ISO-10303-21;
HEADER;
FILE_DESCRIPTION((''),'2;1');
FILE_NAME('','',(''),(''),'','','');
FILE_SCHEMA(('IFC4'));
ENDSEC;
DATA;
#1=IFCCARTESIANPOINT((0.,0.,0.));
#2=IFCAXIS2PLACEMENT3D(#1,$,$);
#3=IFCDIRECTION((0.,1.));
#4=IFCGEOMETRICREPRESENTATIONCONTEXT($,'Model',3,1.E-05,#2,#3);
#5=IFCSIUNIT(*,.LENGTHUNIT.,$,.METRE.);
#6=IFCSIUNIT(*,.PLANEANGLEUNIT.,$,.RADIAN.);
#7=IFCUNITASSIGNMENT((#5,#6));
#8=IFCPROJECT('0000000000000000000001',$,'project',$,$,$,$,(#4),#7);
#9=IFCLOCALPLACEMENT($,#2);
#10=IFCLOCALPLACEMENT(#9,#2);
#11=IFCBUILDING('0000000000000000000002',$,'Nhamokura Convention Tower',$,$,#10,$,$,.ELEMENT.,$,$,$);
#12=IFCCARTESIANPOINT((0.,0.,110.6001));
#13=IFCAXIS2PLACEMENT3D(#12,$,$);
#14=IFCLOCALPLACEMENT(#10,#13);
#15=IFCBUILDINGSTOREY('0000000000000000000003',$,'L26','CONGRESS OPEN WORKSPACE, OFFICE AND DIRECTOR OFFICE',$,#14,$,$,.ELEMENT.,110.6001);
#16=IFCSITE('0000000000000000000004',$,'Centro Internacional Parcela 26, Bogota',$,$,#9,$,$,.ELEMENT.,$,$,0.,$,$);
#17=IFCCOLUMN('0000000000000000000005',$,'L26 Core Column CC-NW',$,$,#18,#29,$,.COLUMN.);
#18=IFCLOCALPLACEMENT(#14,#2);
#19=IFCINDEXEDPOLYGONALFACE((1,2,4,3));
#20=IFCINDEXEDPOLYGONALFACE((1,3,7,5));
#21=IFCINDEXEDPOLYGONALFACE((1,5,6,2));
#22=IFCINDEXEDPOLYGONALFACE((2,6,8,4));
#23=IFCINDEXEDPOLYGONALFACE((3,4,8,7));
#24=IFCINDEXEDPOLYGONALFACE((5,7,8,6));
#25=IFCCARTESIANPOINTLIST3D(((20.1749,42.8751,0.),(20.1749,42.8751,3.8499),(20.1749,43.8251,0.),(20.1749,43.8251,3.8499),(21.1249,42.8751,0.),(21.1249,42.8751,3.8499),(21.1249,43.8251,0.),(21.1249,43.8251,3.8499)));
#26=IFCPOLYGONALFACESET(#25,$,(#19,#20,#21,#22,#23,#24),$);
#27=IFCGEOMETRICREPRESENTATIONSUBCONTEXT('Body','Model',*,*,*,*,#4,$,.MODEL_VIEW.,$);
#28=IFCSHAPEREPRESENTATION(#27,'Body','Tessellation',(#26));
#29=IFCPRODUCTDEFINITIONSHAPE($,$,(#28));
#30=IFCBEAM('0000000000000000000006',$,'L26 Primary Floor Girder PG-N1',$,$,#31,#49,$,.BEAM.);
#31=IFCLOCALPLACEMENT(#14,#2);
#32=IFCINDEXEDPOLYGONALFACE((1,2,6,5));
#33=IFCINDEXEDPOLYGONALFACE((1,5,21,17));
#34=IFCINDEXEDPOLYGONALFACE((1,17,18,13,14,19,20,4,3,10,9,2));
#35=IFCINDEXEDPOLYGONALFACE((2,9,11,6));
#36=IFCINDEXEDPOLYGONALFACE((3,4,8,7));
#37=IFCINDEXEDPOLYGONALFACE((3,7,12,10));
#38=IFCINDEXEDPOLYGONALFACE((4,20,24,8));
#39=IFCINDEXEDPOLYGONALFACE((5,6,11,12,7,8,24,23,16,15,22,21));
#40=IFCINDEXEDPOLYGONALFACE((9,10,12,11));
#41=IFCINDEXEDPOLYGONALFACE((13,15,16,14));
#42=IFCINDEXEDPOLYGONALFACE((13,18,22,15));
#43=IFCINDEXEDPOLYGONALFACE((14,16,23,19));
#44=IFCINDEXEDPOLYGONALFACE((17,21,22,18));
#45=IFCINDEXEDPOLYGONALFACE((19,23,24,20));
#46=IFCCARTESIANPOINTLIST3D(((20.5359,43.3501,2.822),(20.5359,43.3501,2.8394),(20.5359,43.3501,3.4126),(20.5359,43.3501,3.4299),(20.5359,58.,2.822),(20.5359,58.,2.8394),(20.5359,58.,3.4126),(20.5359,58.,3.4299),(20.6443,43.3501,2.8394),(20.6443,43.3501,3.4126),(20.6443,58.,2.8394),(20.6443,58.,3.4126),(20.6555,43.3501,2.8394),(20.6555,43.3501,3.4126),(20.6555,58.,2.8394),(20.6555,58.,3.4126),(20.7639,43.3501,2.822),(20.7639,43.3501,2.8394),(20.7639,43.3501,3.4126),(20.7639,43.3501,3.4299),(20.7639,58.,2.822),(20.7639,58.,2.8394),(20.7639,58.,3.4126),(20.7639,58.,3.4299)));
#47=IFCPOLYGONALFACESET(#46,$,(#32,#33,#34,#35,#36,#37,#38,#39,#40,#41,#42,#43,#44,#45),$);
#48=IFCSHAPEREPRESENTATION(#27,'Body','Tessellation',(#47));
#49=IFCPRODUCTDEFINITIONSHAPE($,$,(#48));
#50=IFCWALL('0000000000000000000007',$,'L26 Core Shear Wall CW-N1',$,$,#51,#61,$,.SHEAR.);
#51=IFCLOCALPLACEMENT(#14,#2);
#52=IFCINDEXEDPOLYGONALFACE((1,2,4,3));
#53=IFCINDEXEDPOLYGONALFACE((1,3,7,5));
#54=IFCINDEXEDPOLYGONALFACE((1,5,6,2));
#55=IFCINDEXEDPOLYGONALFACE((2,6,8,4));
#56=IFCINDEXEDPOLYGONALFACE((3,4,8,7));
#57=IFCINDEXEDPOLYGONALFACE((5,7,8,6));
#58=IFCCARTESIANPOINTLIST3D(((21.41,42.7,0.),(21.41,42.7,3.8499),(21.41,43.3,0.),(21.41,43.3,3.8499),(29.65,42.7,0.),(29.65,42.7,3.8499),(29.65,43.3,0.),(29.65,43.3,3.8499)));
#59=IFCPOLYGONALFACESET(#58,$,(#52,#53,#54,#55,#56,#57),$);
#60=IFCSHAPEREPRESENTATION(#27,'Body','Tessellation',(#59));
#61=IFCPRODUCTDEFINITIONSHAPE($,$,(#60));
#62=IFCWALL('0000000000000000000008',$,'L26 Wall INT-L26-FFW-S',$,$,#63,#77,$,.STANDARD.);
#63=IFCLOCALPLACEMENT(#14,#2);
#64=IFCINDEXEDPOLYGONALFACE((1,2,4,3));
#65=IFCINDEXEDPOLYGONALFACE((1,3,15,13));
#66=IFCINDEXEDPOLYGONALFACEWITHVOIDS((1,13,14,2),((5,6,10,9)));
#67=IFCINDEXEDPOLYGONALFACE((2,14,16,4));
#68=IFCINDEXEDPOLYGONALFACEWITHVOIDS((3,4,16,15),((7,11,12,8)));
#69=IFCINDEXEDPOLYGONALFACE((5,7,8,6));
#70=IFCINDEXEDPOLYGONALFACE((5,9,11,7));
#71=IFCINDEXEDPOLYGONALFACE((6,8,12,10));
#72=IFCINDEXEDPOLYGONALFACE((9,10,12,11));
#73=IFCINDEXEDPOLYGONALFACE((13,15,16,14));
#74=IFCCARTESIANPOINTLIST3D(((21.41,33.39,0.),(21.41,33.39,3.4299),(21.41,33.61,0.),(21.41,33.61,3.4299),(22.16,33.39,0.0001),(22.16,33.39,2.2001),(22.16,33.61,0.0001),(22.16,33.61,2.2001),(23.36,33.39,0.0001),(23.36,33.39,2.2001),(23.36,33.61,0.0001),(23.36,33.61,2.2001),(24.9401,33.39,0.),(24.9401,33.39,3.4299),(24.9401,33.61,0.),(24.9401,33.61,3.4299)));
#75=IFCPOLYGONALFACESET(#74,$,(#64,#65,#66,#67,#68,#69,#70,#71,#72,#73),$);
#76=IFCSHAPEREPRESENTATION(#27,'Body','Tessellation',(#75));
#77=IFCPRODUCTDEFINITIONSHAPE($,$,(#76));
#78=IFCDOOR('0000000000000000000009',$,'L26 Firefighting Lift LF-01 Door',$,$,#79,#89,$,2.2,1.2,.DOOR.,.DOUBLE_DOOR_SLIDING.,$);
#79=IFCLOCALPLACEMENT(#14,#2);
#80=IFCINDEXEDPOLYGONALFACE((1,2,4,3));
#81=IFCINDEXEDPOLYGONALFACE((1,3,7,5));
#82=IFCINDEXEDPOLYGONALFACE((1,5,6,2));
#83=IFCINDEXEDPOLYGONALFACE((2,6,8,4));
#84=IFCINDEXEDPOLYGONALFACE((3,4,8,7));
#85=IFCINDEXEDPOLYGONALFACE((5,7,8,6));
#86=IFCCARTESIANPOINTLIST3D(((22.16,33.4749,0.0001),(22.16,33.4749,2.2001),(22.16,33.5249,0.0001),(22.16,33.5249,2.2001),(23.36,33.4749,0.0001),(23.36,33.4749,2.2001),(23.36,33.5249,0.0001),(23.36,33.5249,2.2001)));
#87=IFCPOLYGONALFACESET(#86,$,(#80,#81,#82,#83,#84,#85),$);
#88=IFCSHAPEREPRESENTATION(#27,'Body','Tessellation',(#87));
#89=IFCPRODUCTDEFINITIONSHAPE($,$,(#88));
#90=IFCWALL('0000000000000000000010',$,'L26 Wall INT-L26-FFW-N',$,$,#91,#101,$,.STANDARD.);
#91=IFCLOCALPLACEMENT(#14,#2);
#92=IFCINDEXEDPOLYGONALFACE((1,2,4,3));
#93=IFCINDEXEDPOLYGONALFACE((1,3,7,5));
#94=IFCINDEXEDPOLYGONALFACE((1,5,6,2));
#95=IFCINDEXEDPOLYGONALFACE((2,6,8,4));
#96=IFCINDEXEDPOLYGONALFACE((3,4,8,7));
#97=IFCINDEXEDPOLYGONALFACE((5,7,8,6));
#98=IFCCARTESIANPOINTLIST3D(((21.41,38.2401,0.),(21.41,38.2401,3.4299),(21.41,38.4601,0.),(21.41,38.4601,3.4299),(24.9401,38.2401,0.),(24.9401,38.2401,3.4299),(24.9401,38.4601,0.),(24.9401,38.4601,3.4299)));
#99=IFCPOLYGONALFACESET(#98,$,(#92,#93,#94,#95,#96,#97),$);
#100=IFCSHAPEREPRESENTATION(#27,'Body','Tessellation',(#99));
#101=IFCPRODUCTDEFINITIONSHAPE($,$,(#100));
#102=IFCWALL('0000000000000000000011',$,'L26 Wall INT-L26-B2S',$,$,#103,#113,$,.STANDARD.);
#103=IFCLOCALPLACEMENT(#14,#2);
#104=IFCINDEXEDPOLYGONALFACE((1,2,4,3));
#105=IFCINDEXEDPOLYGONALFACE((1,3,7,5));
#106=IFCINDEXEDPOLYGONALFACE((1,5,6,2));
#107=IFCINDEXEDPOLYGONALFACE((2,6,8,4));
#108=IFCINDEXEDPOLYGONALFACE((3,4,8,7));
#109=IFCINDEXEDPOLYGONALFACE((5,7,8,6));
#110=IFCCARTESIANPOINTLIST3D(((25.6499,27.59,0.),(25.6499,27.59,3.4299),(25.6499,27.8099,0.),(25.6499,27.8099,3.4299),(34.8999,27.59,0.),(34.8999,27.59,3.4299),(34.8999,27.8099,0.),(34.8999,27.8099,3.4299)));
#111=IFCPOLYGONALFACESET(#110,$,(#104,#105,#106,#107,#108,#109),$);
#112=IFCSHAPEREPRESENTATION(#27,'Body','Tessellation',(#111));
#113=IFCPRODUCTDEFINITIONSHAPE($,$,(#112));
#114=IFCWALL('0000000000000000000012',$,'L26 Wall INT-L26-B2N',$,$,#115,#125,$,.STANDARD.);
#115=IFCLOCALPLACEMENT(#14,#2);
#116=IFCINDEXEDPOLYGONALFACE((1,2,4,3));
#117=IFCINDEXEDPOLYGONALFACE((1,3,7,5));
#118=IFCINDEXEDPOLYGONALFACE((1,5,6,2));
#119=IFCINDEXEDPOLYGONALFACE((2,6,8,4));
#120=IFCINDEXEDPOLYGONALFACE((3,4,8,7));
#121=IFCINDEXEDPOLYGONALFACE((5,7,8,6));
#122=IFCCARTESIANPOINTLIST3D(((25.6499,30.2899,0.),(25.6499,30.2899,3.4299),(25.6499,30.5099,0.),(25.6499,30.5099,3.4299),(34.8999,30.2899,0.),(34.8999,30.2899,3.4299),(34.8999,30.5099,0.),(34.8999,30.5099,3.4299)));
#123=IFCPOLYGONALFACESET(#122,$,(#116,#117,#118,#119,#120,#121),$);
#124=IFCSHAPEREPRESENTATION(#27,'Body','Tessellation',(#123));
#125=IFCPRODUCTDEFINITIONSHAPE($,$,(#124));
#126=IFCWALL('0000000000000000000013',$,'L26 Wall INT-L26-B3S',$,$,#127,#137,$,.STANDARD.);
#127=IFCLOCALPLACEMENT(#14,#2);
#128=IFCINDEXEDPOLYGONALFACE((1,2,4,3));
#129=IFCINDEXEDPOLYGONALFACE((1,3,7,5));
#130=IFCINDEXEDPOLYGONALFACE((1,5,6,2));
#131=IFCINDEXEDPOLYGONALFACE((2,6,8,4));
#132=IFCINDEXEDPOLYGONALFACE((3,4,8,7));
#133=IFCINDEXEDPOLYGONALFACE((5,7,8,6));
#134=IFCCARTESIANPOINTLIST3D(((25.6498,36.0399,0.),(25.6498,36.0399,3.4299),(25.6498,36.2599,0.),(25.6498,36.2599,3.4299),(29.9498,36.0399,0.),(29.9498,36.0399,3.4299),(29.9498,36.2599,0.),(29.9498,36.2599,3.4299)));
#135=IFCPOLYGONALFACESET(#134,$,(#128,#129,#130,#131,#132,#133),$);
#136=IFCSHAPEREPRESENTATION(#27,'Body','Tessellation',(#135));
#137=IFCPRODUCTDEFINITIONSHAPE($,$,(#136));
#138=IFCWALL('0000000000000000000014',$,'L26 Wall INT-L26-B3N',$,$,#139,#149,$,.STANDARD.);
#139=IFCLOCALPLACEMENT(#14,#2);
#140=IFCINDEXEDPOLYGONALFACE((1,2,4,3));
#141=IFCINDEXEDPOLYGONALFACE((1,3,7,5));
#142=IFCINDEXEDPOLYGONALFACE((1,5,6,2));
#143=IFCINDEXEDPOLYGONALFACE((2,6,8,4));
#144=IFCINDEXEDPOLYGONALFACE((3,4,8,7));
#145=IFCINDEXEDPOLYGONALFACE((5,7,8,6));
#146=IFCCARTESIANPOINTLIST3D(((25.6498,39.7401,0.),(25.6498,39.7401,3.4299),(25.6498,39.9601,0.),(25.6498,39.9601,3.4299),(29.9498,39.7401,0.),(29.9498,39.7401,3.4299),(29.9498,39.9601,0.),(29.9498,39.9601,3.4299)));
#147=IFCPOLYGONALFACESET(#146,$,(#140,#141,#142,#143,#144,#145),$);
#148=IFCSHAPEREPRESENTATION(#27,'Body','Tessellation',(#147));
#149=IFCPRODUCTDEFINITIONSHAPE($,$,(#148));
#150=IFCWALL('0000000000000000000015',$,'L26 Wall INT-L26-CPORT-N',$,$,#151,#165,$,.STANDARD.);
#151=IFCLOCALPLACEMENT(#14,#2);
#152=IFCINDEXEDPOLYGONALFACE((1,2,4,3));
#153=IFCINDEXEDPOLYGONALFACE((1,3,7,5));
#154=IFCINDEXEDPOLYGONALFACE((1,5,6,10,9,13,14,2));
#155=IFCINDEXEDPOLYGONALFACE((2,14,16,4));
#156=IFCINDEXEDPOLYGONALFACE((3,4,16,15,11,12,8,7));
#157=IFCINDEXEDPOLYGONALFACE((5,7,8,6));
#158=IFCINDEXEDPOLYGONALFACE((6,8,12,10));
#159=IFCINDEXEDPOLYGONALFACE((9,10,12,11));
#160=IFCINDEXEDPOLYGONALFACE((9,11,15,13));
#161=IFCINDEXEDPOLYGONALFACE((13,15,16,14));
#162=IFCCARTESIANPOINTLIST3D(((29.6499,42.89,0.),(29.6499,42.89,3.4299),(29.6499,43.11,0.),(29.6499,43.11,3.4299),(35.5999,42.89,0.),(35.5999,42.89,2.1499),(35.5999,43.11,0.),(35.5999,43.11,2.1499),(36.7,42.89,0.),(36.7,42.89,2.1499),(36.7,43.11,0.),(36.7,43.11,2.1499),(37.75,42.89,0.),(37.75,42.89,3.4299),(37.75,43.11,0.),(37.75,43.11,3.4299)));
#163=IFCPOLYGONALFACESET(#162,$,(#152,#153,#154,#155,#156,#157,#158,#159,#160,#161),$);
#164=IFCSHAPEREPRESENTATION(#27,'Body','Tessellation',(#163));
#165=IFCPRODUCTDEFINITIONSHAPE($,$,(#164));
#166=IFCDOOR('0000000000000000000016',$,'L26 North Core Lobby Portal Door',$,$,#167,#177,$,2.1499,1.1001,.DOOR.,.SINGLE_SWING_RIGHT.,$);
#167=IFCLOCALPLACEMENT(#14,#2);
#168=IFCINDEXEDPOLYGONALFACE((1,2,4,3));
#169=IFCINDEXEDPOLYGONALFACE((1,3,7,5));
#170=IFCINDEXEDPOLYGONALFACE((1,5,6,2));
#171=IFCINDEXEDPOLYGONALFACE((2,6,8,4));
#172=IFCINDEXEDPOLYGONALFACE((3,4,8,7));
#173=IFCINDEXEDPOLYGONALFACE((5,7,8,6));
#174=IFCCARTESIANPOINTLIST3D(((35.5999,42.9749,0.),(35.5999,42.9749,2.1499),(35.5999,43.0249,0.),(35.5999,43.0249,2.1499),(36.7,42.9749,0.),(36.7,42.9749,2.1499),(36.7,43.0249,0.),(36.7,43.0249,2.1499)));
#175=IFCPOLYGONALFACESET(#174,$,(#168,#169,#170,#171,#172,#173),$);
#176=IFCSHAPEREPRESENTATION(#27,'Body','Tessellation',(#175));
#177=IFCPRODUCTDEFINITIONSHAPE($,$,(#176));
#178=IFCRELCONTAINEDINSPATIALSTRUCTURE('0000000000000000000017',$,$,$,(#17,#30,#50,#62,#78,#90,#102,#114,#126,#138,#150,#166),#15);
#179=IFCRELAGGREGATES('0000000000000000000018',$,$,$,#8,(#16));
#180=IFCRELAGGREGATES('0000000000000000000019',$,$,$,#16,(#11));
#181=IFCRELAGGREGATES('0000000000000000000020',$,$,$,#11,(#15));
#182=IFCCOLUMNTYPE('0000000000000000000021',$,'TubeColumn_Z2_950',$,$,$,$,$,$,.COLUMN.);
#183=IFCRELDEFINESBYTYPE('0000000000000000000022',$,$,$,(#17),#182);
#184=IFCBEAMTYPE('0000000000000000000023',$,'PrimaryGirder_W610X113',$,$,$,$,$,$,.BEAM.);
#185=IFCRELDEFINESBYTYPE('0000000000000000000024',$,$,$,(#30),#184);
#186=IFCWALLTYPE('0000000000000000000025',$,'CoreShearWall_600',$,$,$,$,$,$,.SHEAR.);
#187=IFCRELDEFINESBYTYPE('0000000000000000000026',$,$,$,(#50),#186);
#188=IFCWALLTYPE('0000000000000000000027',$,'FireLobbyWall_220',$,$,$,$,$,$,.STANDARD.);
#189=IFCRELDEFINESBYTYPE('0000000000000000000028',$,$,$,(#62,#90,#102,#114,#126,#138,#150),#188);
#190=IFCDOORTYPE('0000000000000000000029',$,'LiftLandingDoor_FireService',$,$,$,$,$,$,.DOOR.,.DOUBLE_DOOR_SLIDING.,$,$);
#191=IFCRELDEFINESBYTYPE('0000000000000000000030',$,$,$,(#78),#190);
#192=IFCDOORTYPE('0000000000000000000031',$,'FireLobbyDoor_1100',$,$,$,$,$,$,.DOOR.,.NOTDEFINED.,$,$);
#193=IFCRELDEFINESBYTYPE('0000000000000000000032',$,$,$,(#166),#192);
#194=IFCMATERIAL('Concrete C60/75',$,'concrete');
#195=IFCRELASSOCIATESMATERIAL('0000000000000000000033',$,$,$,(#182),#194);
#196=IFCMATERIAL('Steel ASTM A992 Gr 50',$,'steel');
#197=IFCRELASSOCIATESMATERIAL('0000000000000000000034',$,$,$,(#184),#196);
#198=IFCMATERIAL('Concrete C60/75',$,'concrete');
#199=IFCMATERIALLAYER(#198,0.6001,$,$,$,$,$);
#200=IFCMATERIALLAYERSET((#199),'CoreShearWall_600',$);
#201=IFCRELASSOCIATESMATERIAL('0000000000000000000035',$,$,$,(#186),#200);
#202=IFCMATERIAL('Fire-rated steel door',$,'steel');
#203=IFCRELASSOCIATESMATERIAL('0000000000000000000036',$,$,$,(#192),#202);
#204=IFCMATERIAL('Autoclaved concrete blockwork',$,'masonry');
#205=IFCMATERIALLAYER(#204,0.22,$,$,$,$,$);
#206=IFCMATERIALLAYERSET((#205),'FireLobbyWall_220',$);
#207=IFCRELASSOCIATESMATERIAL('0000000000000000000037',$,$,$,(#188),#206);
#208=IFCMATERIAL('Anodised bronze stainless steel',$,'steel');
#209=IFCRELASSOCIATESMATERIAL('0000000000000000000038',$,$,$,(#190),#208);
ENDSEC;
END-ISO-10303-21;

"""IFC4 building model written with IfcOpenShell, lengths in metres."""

from ifc_helpers import new_model, si_unit, direction, frame, frame_2d, origin, origin_2d, place, context, subcontext, project, spatial, rectangle, i_section, extrude, material, layer, layer_set, material_profile, profile_set, type_object, element, fill, save


model = new_model("IFC4")

# Units and contexts
model_context = context("Model", 3, precision=1e-05, world=origin(), true_north=direction((0.0, 1.0)))
body_context = subcontext(model_context, "Body", "Model", "MODEL_VIEW")
ifc_project = project(units=[si_unit("LENGTHUNIT", "METRE"), si_unit("PLANEANGLEUNIT", "RADIAN")], contexts=[model_context])

# Site, building, storey
site_placement = place(None, origin())
site = spatial("IfcSite", under=ifc_project, at=site_placement, Name="Centro Internacional Parcela 26, Bogota", CompositionType="ELEMENT", RefElevation=0.0)
building_placement = place(site_placement, origin())
building = spatial("IfcBuilding", under=site, at=building_placement, Name="Nhamokura Convention Tower", CompositionType="ELEMENT")
storey_placement = place(building_placement, frame((0.0, 0.0, 110.6001)))
storey = spatial("IfcBuildingStorey", under=building, at=storey_placement, Name="L26", Description="CONGRESS OPEN WORKSPACE, OFFICE AND DIRECTOR OFFICE", CompositionType="ELEMENT", Elevation=110.6001)

# Column
ifc_material_1 = material(Name="Concrete C60/75", Category="concrete")
ifc_material_profile_1 = material_profile(ifc_material_1, rectangle(XDim=0.95, YDim=0.95, at=origin_2d()))
ifc_profile_set_1 = profile_set([ifc_material_profile_1], Name="Concrete C60/75")
column_type = type_object("IfcColumnType", Name="TubeColumn_Z2_950", PredefinedType="COLUMN", material=ifc_profile_set_1)
column_placement = place(storey_placement, frame((20.6499, 43.3501, 0.0), z_axis=(0.0, 0.0, 1.0), x_axis=(1.0, 0.0, 0.0)))
element("IfcColumn", 1, at=column_placement, inside=storey, type_object=column_type, Name="L26 Core Column CC-NW", PredefinedType="COLUMN", context=body_context, shape_type="SweptSolid", body=[
    extrude(rectangle(XDim=0.95, YDim=0.95, at=origin_2d()), origin(), (0.0, 0.0, 1.0), 3.8499),
])

# Beam
ifc_material_2 = material(Name="Steel ASTM A992 Gr 50", Category="steel")
ifc_material_profile_2 = material_profile(ifc_material_2, i_section(OverallWidth=0.228, OverallDepth=0.6079, WebThickness=0.0112, FlangeThickness=0.0173, at=origin_2d()))
ifc_profile_set_2 = profile_set([ifc_material_profile_2], Name="Steel ASTM A992 Gr 50")
beam_type = type_object("IfcBeamType", Name="PrimaryGirder_W610X113", PredefinedType="BEAM", material=ifc_profile_set_2)
beam_placement = place(storey_placement, frame((20.6499, 43.3501, 3.126), z_axis=(0.0, 1.0, 0.0), x_axis=(-1.0, 0.0, 0.0)))
element("IfcBeam", 2, at=beam_placement, inside=storey, type_object=beam_type, Name="L26 Primary Floor Girder PG-N1", PredefinedType="BEAM", context=body_context, shape_type="SweptSolid", body=[
    extrude(i_section(OverallWidth=0.228, OverallDepth=0.6079, WebThickness=0.0112, FlangeThickness=0.0173, at=origin_2d()), origin(), (0.0, 0.0, 1.0), 14.6499),
])

# Shared definitions
ifc_material_3 = material(Name="Concrete C60/75", Category="concrete")
ifc_layer_1 = layer(ifc_material_3, 0.6001)
ifc_layer_set_1 = layer_set([ifc_layer_1], Name="CoreShearWall_600")
wall_type_1 = type_object("IfcWallType", Name="CoreShearWall_600", PredefinedType="SHEAR", material=ifc_layer_set_1)
ifc_material_4 = material(Name="Fire-rated steel door", Category="steel")
door_type_1 = type_object("IfcDoorType", Name="FireLobbyDoor_1100", OperationType="NOTDEFINED", PredefinedType="DOOR", material=ifc_material_4)

# Wall
wall_1_placement = place(storey_placement, frame((21.4099, 43.0, 0.0), z_axis=(0.0, 0.0, 1.0), x_axis=(1.0, 0.0, 0.0)))
element("IfcWall", 3, at=wall_1_placement, inside=storey, type_object=wall_type_1, Name="L26 Core Shear Wall CW-N1", PredefinedType="SHEAR", context=body_context, shape_type="SweptSolid", body=[
    extrude(rectangle(XDim=8.24, YDim=0.6001, at=frame_2d((4.1201, 0.0))), origin(), (0.0, 0.0, 1.0), 3.8499),
])

# Wall, opening, door
ifc_material_5 = material(Name="Autoclaved concrete blockwork", Category="masonry")
ifc_layer_2 = layer(ifc_material_5, 0.22)
ifc_layer_set_2 = layer_set([ifc_layer_2], Name="FireLobbyWall_220")
wall_type_2 = type_object("IfcWallType", Name="FireLobbyWall_220", PredefinedType="STANDARD", material=ifc_layer_set_2)
wall_2_placement = place(storey_placement, frame((21.4099, 33.5, 0.0), z_axis=(0.0, 0.0, 1.0), x_axis=(1.0, 0.0, 0.0)))
wall_2 = element("IfcWall", 4, at=wall_2_placement, inside=storey, type_object=wall_type_2, Name="L26 Wall INT-L26-FFW-S", PredefinedType="STANDARD", context=body_context, shape_type="SweptSolid", body=[
    extrude(rectangle(XDim=3.53, YDim=0.22, at=frame_2d((1.7651, 0.0))), origin(), (0.0, 0.0, 1.0), 3.4299),
])
opening_1_placement = place(wall_2_placement, frame((0.75, 0.0, 0.0)))
opening_1 = element("IfcOpeningElement", 5, at=opening_1_placement, cuts=wall_2, PredefinedType="OPENING", context=body_context, shape_type="SweptSolid", body=[
    extrude(rectangle(XDim=1.2, YDim=2.2, at=frame_2d((0.6001, 1.1001))), frame((0.0, 0.1199, 0.0), z_axis=(0.0, -1.0, 0.0), x_axis=(1.0, 0.0, 0.0)), (0.0, 0.0, 1.0), 0.24),
])
ifc_material_6 = material(Name="Anodised bronze stainless steel", Category="steel")
door_type_2 = type_object("IfcDoorType", Name="LiftLandingDoor_FireService", OperationType="DOUBLE_DOOR_SLIDING", PredefinedType="DOOR", material=ifc_material_6)
door_1_placement = place(opening_1_placement, origin())
door_1 = element("IfcDoor", 6, at=door_1_placement, inside=storey, type_object=door_type_2, Name="L26 Firefighting Lift LF-01 Door", OperationType="DOUBLE_DOOR_SLIDING", OverallHeight=2.2, OverallWidth=1.2, PredefinedType="DOOR", context=body_context, shape_type="SweptSolid", body=[
    extrude(rectangle(XDim=1.2, YDim=2.2, at=frame_2d((0.6001, 1.1001))), frame((0.0, 0.0249, 0.0), z_axis=(0.0, -1.0, 0.0), x_axis=(1.0, 0.0, 0.0)), (0.0, 0.0, 1.0), 0.05),
])
fill(opening_1, door_1)

# Walls
wall_3_placement = place(storey_placement, frame((21.4099, 38.3501, 0.0), z_axis=(0.0, 0.0, 1.0), x_axis=(1.0, 0.0, 0.0)))
element("IfcWall", 7, at=wall_3_placement, inside=storey, type_object=wall_type_2, Name="L26 Wall INT-L26-FFW-N", PredefinedType="STANDARD", context=body_context, shape_type="SweptSolid", body=[
    extrude(rectangle(XDim=3.53, YDim=0.22, at=frame_2d((1.7651, 0.0))), origin(), (0.0, 0.0, 1.0), 3.4299),
])
for number, where, z_axis, x_axis, name in (
    (8, (25.6499, 27.7, 0.0), (0.0, 0.0, 1.0), (1.0, 0.0, 0.0), "L26 Wall INT-L26-B2S"),
    (9, (25.6499, 30.3999, 0.0), (0.0, 0.0, 1.0), (1.0, 0.0, 0.0), "L26 Wall INT-L26-B2N"),
):
    element("IfcWall", number, at=place(storey_placement, frame(where, z_axis=z_axis, x_axis=x_axis)), inside=storey, type_object=wall_type_2, Name=name, PredefinedType="STANDARD", context=body_context, shape_type="SweptSolid", body=[
        extrude(rectangle(XDim=9.25, YDim=0.22, at=frame_2d((4.625, 0.0))), origin(), (0.0, 0.0, 1.0), 3.4299),
    ])
for number, where, z_axis, x_axis, name in (
    (10, (25.6499, 36.1499, 0.0), (0.0, 0.0, 1.0), (1.0, 0.0, 0.0), "L26 Wall INT-L26-B3S"),
    (11, (25.6499, 39.8501, 0.0), (0.0, 0.0, 1.0), (1.0, 0.0, 0.0), "L26 Wall INT-L26-B3N"),
):
    element("IfcWall", number, at=place(storey_placement, frame(where, z_axis=z_axis, x_axis=x_axis)), inside=storey, type_object=wall_type_2, Name=name, PredefinedType="STANDARD", context=body_context, shape_type="SweptSolid", body=[
        extrude(rectangle(XDim=4.3, YDim=0.22, at=frame_2d((2.1499, 0.0))), origin(), (0.0, 0.0, 1.0), 3.4299),
    ])

# Wall, opening, door
wall_4_placement = place(storey_placement, frame((29.6499, 43.0, 0.0), z_axis=(0.0, 0.0, 1.0), x_axis=(1.0, 0.0, 0.0)))
wall_4 = element("IfcWall", 12, at=wall_4_placement, inside=storey, type_object=wall_type_2, Name="L26 Wall INT-L26-CPORT-N", PredefinedType="STANDARD", context=body_context, shape_type="SweptSolid", body=[
    extrude(rectangle(XDim=8.1001, YDim=0.22, at=frame_2d((4.05, 0.0))), origin(), (0.0, 0.0, 1.0), 3.4299),
])
opening_2_placement = place(wall_4_placement, frame((5.95, 0.0, 0.0)))
opening_2 = element("IfcOpeningElement", 13, at=opening_2_placement, cuts=wall_4, PredefinedType="OPENING", context=body_context, shape_type="SweptSolid", body=[
    extrude(rectangle(XDim=1.1001, YDim=2.1499, at=frame_2d((0.55, 1.075))), frame((0.0, 0.1199, 0.0), z_axis=(0.0, -1.0, 0.0), x_axis=(1.0, 0.0, 0.0)), (0.0, 0.0, 1.0), 0.24),
])
door_2_placement = place(opening_2_placement, origin())
door_2 = element("IfcDoor", 14, at=door_2_placement, inside=storey, type_object=door_type_1, Name="L26 North Core Lobby Portal Door", OperationType="SINGLE_SWING_RIGHT", OverallHeight=2.1499, OverallWidth=1.1001, PredefinedType="DOOR", context=body_context, shape_type="SweptSolid", body=[
    extrude(rectangle(XDim=1.1001, YDim=2.1499, at=frame_2d((0.55, 1.075))), frame((0.0, 0.0249, 0.0), z_axis=(0.0, -1.0, 0.0), x_axis=(1.0, 0.0, 0.0)), (0.0, 0.0, 1.0), 0.05),
])
fill(opening_2, door_2)

save(model, "model.ifc")
